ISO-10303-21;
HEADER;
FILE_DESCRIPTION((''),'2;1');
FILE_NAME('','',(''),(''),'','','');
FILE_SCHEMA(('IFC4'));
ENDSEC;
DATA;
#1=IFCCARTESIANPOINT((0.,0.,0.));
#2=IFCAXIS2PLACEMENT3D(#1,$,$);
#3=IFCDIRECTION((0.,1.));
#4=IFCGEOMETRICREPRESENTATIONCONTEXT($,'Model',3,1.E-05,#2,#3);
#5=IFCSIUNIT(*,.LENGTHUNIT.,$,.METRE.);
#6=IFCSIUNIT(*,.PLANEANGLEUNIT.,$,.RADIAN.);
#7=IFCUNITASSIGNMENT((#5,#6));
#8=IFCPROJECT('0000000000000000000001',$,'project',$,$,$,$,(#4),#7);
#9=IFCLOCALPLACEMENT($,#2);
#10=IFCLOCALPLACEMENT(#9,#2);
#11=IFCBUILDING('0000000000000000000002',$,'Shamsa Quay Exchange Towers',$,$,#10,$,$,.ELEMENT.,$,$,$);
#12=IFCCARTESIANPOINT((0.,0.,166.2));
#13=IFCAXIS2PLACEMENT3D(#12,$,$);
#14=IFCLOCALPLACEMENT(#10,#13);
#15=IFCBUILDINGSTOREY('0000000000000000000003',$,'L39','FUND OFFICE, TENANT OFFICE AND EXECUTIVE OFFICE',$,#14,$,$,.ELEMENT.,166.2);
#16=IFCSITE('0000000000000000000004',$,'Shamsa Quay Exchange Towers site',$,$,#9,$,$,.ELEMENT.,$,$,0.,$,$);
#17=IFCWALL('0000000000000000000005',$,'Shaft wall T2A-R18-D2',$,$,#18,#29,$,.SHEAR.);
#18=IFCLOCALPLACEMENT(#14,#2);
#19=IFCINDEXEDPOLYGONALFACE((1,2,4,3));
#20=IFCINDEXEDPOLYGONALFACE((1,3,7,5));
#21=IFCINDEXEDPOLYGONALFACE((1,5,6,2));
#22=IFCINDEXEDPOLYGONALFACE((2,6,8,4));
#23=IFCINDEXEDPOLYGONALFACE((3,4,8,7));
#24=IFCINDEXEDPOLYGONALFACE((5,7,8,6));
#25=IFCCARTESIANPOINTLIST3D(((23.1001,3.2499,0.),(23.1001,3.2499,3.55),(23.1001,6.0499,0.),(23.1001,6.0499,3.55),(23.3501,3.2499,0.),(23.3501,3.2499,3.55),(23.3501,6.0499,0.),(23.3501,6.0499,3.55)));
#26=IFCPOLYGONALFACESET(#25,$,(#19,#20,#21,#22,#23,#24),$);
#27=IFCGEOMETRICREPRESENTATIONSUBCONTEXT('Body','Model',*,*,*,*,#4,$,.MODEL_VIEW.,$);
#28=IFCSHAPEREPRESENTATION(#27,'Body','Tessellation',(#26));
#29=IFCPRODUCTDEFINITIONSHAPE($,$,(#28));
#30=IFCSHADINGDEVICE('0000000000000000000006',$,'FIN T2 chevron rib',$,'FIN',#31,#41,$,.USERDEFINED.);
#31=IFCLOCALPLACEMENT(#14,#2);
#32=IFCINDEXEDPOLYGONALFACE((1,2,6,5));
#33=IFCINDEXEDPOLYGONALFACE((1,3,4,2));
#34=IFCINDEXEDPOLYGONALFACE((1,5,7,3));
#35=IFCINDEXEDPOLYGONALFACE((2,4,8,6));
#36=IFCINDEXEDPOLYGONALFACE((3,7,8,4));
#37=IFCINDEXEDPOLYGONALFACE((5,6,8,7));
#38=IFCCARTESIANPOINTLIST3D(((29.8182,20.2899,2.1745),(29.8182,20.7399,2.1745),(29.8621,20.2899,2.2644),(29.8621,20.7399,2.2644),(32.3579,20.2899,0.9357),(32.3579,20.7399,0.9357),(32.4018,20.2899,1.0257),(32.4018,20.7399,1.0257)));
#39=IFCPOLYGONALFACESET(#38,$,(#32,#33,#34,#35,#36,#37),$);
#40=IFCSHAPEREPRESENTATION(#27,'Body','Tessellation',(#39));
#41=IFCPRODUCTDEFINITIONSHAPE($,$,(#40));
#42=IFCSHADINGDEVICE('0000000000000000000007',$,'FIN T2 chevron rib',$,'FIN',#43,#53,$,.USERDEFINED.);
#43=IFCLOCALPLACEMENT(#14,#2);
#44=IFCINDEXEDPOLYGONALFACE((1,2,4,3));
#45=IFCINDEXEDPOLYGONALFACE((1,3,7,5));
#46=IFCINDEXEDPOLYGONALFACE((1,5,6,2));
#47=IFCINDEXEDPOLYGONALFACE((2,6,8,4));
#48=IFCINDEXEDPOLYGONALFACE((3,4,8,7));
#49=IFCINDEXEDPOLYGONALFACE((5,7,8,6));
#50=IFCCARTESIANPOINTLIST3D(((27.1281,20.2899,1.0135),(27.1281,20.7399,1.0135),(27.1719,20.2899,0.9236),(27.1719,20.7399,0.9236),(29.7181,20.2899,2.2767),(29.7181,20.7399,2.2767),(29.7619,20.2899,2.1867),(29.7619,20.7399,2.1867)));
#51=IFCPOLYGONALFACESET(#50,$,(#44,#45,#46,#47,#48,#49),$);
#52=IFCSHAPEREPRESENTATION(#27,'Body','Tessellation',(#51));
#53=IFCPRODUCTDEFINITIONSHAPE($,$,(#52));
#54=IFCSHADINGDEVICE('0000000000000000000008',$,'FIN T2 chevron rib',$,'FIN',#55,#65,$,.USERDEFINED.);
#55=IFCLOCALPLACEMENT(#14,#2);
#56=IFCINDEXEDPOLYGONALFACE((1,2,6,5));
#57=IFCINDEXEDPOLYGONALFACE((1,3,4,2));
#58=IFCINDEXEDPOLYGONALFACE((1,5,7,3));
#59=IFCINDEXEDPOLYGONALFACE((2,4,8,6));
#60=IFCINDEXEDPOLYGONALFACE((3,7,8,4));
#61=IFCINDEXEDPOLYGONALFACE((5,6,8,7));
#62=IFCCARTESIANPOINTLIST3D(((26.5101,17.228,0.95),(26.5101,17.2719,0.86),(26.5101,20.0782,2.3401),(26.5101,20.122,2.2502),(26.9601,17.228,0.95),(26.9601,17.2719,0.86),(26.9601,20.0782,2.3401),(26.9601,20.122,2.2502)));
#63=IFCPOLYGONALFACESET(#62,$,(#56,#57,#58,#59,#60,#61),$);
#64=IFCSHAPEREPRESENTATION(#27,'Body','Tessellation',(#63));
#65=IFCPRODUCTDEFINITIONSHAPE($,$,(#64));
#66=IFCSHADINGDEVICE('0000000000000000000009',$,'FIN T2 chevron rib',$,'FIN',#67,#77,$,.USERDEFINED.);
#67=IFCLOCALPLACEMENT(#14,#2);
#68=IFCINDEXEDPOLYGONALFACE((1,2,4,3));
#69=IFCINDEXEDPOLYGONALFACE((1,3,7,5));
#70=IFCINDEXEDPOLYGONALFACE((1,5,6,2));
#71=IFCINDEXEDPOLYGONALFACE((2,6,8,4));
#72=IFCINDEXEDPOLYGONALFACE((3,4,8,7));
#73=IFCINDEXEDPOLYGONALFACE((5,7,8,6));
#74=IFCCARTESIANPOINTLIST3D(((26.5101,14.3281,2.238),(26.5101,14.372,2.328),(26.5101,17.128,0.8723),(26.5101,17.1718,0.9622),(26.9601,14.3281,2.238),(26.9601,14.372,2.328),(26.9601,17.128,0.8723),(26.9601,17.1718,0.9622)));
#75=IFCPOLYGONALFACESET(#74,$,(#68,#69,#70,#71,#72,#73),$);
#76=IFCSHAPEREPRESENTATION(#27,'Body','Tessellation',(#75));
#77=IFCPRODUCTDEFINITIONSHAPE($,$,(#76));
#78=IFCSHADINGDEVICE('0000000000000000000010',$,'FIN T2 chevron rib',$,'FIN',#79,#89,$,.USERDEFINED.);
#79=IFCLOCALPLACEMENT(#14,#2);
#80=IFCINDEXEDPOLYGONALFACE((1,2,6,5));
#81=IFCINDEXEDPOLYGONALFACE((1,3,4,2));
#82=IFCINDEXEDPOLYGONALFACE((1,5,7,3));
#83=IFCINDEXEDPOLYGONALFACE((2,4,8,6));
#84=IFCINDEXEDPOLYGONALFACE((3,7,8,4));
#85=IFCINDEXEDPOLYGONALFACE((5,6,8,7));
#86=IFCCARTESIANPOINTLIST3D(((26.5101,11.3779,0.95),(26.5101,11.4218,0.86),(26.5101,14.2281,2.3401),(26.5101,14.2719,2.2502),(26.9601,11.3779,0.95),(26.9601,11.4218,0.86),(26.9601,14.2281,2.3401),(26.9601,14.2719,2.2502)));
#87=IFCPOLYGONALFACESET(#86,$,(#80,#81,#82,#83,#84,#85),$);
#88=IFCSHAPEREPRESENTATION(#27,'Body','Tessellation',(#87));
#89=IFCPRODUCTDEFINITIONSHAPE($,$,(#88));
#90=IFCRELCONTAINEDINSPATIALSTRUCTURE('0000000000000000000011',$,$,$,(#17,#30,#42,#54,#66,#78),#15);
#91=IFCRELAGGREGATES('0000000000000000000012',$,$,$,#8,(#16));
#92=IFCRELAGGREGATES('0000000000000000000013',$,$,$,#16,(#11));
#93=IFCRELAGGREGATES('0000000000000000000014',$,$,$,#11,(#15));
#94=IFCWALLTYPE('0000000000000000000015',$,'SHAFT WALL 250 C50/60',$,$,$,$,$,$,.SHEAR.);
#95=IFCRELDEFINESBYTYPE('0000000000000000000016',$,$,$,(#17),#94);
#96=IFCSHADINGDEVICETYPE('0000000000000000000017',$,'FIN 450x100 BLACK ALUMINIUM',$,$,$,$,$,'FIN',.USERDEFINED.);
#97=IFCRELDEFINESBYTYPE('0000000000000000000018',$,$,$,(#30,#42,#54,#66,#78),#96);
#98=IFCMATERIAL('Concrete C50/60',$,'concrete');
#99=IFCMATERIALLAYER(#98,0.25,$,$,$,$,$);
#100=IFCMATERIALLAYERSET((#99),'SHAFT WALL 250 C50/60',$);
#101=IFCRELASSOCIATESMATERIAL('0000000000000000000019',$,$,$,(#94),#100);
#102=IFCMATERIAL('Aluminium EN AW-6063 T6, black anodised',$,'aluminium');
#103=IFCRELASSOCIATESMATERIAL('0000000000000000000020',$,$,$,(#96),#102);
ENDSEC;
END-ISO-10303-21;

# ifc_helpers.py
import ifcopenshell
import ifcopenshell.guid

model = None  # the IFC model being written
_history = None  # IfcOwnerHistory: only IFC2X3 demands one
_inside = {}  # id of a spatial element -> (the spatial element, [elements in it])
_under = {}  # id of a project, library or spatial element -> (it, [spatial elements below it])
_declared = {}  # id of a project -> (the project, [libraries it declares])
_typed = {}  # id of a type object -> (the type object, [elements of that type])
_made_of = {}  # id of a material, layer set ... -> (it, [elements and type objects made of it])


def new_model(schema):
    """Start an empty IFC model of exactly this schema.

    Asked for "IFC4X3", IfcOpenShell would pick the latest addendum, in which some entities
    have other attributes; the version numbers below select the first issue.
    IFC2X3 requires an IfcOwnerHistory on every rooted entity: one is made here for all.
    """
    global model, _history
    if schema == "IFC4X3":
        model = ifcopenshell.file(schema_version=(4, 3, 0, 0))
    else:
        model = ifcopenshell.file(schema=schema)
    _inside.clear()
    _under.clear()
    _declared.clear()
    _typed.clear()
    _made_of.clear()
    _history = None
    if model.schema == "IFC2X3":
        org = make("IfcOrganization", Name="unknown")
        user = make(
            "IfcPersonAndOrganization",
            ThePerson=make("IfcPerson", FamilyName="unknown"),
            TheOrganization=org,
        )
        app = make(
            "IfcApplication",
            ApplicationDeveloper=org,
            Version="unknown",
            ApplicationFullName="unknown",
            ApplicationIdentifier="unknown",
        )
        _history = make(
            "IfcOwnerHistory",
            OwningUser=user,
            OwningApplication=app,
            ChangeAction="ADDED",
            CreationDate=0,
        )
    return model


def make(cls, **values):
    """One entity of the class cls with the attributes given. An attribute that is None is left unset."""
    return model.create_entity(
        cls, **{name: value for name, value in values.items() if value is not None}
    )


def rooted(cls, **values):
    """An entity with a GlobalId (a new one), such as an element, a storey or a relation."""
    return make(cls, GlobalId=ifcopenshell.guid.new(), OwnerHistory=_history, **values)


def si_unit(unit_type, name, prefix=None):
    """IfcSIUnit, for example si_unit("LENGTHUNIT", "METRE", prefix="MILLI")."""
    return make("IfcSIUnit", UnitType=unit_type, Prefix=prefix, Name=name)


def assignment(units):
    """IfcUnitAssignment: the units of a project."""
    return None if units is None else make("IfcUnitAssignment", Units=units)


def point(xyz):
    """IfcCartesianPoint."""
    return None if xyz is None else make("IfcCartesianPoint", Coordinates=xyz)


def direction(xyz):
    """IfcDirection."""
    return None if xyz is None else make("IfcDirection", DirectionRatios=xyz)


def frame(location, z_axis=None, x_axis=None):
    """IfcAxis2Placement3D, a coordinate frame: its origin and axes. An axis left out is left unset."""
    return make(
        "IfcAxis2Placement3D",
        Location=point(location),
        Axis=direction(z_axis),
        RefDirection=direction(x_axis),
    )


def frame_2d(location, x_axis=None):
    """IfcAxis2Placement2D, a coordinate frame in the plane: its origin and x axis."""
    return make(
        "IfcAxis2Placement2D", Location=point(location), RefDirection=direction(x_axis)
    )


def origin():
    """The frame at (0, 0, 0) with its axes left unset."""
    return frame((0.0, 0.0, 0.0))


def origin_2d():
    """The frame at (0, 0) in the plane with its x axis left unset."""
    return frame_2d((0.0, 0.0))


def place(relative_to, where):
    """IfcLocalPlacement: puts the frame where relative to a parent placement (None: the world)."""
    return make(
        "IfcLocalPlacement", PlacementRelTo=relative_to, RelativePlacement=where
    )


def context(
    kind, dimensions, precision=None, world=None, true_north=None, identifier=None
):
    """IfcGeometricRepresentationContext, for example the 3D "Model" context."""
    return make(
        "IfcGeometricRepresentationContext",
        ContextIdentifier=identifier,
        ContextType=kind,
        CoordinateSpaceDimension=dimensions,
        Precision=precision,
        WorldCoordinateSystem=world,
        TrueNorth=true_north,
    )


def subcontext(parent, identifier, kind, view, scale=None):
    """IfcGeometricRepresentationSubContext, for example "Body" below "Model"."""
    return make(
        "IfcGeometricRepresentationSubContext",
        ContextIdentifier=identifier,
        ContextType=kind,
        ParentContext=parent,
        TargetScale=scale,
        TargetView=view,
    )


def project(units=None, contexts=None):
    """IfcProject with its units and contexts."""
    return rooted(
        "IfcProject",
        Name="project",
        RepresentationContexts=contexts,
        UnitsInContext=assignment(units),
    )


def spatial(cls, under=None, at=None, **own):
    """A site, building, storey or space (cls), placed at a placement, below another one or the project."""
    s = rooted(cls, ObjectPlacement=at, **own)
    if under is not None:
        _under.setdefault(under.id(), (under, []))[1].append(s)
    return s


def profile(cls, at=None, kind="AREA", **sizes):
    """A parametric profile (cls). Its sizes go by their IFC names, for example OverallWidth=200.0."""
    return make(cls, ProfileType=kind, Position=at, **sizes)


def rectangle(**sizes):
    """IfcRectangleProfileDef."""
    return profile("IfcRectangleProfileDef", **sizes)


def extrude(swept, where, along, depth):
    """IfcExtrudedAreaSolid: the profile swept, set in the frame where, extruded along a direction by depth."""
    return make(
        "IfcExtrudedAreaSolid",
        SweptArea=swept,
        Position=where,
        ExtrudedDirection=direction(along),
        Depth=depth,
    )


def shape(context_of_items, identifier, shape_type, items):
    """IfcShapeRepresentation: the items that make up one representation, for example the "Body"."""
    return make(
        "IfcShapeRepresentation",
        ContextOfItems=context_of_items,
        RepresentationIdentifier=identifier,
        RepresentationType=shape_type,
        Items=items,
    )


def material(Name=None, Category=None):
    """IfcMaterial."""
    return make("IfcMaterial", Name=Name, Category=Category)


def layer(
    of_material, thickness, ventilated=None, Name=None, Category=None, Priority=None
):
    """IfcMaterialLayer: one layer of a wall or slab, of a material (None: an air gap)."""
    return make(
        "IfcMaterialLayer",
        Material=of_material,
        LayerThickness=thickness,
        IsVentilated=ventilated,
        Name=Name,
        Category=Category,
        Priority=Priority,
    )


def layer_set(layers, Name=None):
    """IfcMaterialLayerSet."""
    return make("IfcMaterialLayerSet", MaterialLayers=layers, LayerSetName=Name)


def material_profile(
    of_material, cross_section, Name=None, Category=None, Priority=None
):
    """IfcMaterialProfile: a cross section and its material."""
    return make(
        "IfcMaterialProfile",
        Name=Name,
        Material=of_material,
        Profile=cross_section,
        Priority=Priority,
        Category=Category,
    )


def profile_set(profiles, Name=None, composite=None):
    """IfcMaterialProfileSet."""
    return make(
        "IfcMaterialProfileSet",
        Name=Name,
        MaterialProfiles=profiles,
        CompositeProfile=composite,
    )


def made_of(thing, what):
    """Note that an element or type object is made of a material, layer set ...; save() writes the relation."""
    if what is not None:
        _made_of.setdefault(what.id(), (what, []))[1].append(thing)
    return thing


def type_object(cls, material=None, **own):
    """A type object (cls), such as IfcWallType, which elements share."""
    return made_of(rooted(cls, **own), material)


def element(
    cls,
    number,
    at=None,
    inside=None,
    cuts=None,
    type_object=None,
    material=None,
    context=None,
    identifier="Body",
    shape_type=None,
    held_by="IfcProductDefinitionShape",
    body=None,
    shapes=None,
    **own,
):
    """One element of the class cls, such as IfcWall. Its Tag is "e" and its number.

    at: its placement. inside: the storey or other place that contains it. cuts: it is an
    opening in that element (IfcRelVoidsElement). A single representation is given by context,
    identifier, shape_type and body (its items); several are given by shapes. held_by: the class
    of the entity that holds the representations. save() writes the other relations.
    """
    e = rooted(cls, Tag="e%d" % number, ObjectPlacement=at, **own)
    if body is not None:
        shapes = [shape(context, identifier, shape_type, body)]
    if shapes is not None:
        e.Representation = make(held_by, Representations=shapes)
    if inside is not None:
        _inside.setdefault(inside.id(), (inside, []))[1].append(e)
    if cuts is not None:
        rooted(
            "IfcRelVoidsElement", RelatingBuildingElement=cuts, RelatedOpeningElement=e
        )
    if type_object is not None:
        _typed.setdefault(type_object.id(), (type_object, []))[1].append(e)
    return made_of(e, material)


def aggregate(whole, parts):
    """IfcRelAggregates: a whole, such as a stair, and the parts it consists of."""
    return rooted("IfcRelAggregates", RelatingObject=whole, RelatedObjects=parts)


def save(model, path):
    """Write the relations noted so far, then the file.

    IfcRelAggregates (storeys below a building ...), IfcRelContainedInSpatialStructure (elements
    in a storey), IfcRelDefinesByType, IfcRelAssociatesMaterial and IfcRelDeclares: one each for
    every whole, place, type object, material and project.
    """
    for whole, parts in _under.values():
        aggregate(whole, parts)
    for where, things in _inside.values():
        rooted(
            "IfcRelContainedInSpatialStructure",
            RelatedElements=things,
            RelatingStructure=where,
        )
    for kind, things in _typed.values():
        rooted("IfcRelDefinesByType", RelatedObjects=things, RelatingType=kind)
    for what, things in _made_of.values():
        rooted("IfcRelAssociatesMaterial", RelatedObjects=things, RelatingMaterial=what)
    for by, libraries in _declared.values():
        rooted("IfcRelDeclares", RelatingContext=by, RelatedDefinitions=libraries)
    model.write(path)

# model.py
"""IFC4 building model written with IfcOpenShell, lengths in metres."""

from ifc_helpers import new_model, si_unit, direction, frame, frame_2d, origin, origin_2d, place, context, subcontext, project, spatial, rectangle, extrude, material, layer, layer_set, material_profile, profile_set, type_object, element, save


model = new_model("IFC4")

# Units and contexts
model_context = context("Model", 3, precision=1e-05, world=origin(), true_north=direction((0.0, 1.0)))
body_context = subcontext(model_context, "Body", "Model", "MODEL_VIEW")
ifc_project = project(units=[si_unit("LENGTHUNIT", "METRE"), si_unit("PLANEANGLEUNIT", "RADIAN")], contexts=[model_context])

# Site, building, storey
site_placement = place(None, origin())
site = spatial("IfcSite", under=ifc_project, at=site_placement, Name="Shamsa Quay Exchange Towers site", CompositionType="ELEMENT", RefElevation=0.0)
building_placement = place(site_placement, origin())
building = spatial("IfcBuilding", under=site, at=building_placement, Name="Shamsa Quay Exchange Towers", CompositionType="ELEMENT")
storey_placement = place(building_placement, frame((0.0, 0.0, 166.2)))
storey = spatial("IfcBuildingStorey", under=building, at=storey_placement, Name="L39", Description="FUND OFFICE, TENANT OFFICE AND EXECUTIVE OFFICE", CompositionType="ELEMENT", Elevation=166.2)

# Shared definitions
ifc_material_1 = material(Name="Aluminium EN AW-6063 T6, black anodised", Category="aluminium")

# Wall
ifc_material_2 = material(Name="Concrete C50/60", Category="concrete")
ifc_layer_1 = layer(ifc_material_2, 0.25)
ifc_layer_set_1 = layer_set([ifc_layer_1], Name="SHAFT WALL 250 C50/60")
wall_type_1 = type_object("IfcWallType", Name="SHAFT WALL 250 C50/60", PredefinedType="SHEAR", material=ifc_layer_set_1)
wall_1_placement = place(storey_placement, frame((23.2251, 3.25, 0.0), z_axis=(0.0, 0.0, 1.0), x_axis=(0.0, 1.0, 0.0)))
element("IfcWall", 1, at=wall_1_placement, inside=storey, type_object=wall_type_1, Name="Shaft wall T2A-R18-D2", PredefinedType="SHEAR", context=body_context, shape_type="SweptSolid", body=[
    extrude(rectangle(XDim=2.8, YDim=0.25, at=frame_2d((1.3999, 0.0))), origin(), (0.0, 0.0, 1.0), 3.55),
])

# Shading devices
ifc_material_profile_1 = material_profile(ifc_material_1, rectangle(XDim=0.45, YDim=0.1001, at=origin_2d()), Name="FIN450x100")
ifc_profile_set_1 = profile_set([ifc_material_profile_1], Name="Aluminium EN AW-6063 T6, black anodised")
shading_device_type = type_object("IfcShadingDeviceType", Name="FIN 450x100 BLACK ALUMINIUM", ElementType="FIN", PredefinedType="USERDEFINED", material=ifc_profile_set_1)
shading_device_1_placement = place(storey_placement, frame((32.3799, 20.5149, 0.9807), z_axis=(-0.89879, 0.0, 0.438379), x_axis=(0.0, -1.0, 0.0)))
element("IfcShadingDevice", 2, at=shading_device_1_placement, inside=storey, type_object=shading_device_type, Name="FIN T2 chevron rib", ObjectType="FIN", PredefinedType="USERDEFINED", context=body_context, shape_type="SweptSolid", body=[
    extrude(rectangle(XDim=0.45, YDim=0.1001, at=origin_2d()), origin(), (0.0, 0.0, 1.0), 2.8257),
])
shading_device_2_placement = place(storey_placement, frame((29.74, 20.5149, 2.2317), z_axis=(-0.898806, 0.0, -0.438347), x_axis=(0.0, -1.0, 0.0)))
element("IfcShadingDevice", 3, at=shading_device_2_placement, inside=storey, type_object=shading_device_type, Name="FIN T2 chevron rib", ObjectType="FIN", PredefinedType="USERDEFINED", context=body_context, shape_type="SweptSolid", body=[
    extrude(rectangle(XDim=0.45, YDim=0.1001, at=origin_2d()), origin(), (0.0, 0.0, 1.0), 2.8816),
])
shading_device_3_placement = place(storey_placement, frame((26.7351, 20.1001, 2.2952), z_axis=(0.0, -0.898788, -0.438384), x_axis=(1.0, 0.0, 0.0)))
element("IfcShadingDevice", 4, at=shading_device_3_placement, inside=storey, type_object=shading_device_type, Name="FIN T2 chevron rib", ObjectType="FIN", PredefinedType="USERDEFINED", context=body_context, shape_type="SweptSolid", body=[
    extrude(rectangle(XDim=0.45, YDim=0.1001, at=origin_2d()), origin(), (0.0, 0.0, 1.0), 3.1711),
])
shading_device_4_placement = place(storey_placement, frame((26.7351, 17.1499, 0.9172), z_axis=(0.0, -0.898773, 0.438414), x_axis=(1.0, 0.0, 0.0)))
element("IfcShadingDevice", 5, at=shading_device_4_placement, inside=storey, type_object=shading_device_type, Name="FIN T2 chevron rib", ObjectType="FIN", PredefinedType="USERDEFINED", context=body_context, shape_type="SweptSolid", body=[
    extrude(rectangle(XDim=0.45, YDim=0.1001, at=origin_2d()), origin(), (0.0, 0.0, 1.0), 3.1152),
])
shading_device_5_placement = place(storey_placement, frame((26.7351, 14.25, 2.2952), z_axis=(0.0, -0.898788, -0.438384), x_axis=(1.0, 0.0, 0.0)))
element("IfcShadingDevice", 6, at=shading_device_5_placement, inside=storey, type_object=shading_device_type, Name="FIN T2 chevron rib", ObjectType="FIN", PredefinedType="USERDEFINED", context=body_context, shape_type="SweptSolid", body=[
    extrude(rectangle(XDim=0.45, YDim=0.1001, at=origin_2d()), origin(), (0.0, 0.0, 1.0), 3.1711),
])

save(model, "model.ifc")
